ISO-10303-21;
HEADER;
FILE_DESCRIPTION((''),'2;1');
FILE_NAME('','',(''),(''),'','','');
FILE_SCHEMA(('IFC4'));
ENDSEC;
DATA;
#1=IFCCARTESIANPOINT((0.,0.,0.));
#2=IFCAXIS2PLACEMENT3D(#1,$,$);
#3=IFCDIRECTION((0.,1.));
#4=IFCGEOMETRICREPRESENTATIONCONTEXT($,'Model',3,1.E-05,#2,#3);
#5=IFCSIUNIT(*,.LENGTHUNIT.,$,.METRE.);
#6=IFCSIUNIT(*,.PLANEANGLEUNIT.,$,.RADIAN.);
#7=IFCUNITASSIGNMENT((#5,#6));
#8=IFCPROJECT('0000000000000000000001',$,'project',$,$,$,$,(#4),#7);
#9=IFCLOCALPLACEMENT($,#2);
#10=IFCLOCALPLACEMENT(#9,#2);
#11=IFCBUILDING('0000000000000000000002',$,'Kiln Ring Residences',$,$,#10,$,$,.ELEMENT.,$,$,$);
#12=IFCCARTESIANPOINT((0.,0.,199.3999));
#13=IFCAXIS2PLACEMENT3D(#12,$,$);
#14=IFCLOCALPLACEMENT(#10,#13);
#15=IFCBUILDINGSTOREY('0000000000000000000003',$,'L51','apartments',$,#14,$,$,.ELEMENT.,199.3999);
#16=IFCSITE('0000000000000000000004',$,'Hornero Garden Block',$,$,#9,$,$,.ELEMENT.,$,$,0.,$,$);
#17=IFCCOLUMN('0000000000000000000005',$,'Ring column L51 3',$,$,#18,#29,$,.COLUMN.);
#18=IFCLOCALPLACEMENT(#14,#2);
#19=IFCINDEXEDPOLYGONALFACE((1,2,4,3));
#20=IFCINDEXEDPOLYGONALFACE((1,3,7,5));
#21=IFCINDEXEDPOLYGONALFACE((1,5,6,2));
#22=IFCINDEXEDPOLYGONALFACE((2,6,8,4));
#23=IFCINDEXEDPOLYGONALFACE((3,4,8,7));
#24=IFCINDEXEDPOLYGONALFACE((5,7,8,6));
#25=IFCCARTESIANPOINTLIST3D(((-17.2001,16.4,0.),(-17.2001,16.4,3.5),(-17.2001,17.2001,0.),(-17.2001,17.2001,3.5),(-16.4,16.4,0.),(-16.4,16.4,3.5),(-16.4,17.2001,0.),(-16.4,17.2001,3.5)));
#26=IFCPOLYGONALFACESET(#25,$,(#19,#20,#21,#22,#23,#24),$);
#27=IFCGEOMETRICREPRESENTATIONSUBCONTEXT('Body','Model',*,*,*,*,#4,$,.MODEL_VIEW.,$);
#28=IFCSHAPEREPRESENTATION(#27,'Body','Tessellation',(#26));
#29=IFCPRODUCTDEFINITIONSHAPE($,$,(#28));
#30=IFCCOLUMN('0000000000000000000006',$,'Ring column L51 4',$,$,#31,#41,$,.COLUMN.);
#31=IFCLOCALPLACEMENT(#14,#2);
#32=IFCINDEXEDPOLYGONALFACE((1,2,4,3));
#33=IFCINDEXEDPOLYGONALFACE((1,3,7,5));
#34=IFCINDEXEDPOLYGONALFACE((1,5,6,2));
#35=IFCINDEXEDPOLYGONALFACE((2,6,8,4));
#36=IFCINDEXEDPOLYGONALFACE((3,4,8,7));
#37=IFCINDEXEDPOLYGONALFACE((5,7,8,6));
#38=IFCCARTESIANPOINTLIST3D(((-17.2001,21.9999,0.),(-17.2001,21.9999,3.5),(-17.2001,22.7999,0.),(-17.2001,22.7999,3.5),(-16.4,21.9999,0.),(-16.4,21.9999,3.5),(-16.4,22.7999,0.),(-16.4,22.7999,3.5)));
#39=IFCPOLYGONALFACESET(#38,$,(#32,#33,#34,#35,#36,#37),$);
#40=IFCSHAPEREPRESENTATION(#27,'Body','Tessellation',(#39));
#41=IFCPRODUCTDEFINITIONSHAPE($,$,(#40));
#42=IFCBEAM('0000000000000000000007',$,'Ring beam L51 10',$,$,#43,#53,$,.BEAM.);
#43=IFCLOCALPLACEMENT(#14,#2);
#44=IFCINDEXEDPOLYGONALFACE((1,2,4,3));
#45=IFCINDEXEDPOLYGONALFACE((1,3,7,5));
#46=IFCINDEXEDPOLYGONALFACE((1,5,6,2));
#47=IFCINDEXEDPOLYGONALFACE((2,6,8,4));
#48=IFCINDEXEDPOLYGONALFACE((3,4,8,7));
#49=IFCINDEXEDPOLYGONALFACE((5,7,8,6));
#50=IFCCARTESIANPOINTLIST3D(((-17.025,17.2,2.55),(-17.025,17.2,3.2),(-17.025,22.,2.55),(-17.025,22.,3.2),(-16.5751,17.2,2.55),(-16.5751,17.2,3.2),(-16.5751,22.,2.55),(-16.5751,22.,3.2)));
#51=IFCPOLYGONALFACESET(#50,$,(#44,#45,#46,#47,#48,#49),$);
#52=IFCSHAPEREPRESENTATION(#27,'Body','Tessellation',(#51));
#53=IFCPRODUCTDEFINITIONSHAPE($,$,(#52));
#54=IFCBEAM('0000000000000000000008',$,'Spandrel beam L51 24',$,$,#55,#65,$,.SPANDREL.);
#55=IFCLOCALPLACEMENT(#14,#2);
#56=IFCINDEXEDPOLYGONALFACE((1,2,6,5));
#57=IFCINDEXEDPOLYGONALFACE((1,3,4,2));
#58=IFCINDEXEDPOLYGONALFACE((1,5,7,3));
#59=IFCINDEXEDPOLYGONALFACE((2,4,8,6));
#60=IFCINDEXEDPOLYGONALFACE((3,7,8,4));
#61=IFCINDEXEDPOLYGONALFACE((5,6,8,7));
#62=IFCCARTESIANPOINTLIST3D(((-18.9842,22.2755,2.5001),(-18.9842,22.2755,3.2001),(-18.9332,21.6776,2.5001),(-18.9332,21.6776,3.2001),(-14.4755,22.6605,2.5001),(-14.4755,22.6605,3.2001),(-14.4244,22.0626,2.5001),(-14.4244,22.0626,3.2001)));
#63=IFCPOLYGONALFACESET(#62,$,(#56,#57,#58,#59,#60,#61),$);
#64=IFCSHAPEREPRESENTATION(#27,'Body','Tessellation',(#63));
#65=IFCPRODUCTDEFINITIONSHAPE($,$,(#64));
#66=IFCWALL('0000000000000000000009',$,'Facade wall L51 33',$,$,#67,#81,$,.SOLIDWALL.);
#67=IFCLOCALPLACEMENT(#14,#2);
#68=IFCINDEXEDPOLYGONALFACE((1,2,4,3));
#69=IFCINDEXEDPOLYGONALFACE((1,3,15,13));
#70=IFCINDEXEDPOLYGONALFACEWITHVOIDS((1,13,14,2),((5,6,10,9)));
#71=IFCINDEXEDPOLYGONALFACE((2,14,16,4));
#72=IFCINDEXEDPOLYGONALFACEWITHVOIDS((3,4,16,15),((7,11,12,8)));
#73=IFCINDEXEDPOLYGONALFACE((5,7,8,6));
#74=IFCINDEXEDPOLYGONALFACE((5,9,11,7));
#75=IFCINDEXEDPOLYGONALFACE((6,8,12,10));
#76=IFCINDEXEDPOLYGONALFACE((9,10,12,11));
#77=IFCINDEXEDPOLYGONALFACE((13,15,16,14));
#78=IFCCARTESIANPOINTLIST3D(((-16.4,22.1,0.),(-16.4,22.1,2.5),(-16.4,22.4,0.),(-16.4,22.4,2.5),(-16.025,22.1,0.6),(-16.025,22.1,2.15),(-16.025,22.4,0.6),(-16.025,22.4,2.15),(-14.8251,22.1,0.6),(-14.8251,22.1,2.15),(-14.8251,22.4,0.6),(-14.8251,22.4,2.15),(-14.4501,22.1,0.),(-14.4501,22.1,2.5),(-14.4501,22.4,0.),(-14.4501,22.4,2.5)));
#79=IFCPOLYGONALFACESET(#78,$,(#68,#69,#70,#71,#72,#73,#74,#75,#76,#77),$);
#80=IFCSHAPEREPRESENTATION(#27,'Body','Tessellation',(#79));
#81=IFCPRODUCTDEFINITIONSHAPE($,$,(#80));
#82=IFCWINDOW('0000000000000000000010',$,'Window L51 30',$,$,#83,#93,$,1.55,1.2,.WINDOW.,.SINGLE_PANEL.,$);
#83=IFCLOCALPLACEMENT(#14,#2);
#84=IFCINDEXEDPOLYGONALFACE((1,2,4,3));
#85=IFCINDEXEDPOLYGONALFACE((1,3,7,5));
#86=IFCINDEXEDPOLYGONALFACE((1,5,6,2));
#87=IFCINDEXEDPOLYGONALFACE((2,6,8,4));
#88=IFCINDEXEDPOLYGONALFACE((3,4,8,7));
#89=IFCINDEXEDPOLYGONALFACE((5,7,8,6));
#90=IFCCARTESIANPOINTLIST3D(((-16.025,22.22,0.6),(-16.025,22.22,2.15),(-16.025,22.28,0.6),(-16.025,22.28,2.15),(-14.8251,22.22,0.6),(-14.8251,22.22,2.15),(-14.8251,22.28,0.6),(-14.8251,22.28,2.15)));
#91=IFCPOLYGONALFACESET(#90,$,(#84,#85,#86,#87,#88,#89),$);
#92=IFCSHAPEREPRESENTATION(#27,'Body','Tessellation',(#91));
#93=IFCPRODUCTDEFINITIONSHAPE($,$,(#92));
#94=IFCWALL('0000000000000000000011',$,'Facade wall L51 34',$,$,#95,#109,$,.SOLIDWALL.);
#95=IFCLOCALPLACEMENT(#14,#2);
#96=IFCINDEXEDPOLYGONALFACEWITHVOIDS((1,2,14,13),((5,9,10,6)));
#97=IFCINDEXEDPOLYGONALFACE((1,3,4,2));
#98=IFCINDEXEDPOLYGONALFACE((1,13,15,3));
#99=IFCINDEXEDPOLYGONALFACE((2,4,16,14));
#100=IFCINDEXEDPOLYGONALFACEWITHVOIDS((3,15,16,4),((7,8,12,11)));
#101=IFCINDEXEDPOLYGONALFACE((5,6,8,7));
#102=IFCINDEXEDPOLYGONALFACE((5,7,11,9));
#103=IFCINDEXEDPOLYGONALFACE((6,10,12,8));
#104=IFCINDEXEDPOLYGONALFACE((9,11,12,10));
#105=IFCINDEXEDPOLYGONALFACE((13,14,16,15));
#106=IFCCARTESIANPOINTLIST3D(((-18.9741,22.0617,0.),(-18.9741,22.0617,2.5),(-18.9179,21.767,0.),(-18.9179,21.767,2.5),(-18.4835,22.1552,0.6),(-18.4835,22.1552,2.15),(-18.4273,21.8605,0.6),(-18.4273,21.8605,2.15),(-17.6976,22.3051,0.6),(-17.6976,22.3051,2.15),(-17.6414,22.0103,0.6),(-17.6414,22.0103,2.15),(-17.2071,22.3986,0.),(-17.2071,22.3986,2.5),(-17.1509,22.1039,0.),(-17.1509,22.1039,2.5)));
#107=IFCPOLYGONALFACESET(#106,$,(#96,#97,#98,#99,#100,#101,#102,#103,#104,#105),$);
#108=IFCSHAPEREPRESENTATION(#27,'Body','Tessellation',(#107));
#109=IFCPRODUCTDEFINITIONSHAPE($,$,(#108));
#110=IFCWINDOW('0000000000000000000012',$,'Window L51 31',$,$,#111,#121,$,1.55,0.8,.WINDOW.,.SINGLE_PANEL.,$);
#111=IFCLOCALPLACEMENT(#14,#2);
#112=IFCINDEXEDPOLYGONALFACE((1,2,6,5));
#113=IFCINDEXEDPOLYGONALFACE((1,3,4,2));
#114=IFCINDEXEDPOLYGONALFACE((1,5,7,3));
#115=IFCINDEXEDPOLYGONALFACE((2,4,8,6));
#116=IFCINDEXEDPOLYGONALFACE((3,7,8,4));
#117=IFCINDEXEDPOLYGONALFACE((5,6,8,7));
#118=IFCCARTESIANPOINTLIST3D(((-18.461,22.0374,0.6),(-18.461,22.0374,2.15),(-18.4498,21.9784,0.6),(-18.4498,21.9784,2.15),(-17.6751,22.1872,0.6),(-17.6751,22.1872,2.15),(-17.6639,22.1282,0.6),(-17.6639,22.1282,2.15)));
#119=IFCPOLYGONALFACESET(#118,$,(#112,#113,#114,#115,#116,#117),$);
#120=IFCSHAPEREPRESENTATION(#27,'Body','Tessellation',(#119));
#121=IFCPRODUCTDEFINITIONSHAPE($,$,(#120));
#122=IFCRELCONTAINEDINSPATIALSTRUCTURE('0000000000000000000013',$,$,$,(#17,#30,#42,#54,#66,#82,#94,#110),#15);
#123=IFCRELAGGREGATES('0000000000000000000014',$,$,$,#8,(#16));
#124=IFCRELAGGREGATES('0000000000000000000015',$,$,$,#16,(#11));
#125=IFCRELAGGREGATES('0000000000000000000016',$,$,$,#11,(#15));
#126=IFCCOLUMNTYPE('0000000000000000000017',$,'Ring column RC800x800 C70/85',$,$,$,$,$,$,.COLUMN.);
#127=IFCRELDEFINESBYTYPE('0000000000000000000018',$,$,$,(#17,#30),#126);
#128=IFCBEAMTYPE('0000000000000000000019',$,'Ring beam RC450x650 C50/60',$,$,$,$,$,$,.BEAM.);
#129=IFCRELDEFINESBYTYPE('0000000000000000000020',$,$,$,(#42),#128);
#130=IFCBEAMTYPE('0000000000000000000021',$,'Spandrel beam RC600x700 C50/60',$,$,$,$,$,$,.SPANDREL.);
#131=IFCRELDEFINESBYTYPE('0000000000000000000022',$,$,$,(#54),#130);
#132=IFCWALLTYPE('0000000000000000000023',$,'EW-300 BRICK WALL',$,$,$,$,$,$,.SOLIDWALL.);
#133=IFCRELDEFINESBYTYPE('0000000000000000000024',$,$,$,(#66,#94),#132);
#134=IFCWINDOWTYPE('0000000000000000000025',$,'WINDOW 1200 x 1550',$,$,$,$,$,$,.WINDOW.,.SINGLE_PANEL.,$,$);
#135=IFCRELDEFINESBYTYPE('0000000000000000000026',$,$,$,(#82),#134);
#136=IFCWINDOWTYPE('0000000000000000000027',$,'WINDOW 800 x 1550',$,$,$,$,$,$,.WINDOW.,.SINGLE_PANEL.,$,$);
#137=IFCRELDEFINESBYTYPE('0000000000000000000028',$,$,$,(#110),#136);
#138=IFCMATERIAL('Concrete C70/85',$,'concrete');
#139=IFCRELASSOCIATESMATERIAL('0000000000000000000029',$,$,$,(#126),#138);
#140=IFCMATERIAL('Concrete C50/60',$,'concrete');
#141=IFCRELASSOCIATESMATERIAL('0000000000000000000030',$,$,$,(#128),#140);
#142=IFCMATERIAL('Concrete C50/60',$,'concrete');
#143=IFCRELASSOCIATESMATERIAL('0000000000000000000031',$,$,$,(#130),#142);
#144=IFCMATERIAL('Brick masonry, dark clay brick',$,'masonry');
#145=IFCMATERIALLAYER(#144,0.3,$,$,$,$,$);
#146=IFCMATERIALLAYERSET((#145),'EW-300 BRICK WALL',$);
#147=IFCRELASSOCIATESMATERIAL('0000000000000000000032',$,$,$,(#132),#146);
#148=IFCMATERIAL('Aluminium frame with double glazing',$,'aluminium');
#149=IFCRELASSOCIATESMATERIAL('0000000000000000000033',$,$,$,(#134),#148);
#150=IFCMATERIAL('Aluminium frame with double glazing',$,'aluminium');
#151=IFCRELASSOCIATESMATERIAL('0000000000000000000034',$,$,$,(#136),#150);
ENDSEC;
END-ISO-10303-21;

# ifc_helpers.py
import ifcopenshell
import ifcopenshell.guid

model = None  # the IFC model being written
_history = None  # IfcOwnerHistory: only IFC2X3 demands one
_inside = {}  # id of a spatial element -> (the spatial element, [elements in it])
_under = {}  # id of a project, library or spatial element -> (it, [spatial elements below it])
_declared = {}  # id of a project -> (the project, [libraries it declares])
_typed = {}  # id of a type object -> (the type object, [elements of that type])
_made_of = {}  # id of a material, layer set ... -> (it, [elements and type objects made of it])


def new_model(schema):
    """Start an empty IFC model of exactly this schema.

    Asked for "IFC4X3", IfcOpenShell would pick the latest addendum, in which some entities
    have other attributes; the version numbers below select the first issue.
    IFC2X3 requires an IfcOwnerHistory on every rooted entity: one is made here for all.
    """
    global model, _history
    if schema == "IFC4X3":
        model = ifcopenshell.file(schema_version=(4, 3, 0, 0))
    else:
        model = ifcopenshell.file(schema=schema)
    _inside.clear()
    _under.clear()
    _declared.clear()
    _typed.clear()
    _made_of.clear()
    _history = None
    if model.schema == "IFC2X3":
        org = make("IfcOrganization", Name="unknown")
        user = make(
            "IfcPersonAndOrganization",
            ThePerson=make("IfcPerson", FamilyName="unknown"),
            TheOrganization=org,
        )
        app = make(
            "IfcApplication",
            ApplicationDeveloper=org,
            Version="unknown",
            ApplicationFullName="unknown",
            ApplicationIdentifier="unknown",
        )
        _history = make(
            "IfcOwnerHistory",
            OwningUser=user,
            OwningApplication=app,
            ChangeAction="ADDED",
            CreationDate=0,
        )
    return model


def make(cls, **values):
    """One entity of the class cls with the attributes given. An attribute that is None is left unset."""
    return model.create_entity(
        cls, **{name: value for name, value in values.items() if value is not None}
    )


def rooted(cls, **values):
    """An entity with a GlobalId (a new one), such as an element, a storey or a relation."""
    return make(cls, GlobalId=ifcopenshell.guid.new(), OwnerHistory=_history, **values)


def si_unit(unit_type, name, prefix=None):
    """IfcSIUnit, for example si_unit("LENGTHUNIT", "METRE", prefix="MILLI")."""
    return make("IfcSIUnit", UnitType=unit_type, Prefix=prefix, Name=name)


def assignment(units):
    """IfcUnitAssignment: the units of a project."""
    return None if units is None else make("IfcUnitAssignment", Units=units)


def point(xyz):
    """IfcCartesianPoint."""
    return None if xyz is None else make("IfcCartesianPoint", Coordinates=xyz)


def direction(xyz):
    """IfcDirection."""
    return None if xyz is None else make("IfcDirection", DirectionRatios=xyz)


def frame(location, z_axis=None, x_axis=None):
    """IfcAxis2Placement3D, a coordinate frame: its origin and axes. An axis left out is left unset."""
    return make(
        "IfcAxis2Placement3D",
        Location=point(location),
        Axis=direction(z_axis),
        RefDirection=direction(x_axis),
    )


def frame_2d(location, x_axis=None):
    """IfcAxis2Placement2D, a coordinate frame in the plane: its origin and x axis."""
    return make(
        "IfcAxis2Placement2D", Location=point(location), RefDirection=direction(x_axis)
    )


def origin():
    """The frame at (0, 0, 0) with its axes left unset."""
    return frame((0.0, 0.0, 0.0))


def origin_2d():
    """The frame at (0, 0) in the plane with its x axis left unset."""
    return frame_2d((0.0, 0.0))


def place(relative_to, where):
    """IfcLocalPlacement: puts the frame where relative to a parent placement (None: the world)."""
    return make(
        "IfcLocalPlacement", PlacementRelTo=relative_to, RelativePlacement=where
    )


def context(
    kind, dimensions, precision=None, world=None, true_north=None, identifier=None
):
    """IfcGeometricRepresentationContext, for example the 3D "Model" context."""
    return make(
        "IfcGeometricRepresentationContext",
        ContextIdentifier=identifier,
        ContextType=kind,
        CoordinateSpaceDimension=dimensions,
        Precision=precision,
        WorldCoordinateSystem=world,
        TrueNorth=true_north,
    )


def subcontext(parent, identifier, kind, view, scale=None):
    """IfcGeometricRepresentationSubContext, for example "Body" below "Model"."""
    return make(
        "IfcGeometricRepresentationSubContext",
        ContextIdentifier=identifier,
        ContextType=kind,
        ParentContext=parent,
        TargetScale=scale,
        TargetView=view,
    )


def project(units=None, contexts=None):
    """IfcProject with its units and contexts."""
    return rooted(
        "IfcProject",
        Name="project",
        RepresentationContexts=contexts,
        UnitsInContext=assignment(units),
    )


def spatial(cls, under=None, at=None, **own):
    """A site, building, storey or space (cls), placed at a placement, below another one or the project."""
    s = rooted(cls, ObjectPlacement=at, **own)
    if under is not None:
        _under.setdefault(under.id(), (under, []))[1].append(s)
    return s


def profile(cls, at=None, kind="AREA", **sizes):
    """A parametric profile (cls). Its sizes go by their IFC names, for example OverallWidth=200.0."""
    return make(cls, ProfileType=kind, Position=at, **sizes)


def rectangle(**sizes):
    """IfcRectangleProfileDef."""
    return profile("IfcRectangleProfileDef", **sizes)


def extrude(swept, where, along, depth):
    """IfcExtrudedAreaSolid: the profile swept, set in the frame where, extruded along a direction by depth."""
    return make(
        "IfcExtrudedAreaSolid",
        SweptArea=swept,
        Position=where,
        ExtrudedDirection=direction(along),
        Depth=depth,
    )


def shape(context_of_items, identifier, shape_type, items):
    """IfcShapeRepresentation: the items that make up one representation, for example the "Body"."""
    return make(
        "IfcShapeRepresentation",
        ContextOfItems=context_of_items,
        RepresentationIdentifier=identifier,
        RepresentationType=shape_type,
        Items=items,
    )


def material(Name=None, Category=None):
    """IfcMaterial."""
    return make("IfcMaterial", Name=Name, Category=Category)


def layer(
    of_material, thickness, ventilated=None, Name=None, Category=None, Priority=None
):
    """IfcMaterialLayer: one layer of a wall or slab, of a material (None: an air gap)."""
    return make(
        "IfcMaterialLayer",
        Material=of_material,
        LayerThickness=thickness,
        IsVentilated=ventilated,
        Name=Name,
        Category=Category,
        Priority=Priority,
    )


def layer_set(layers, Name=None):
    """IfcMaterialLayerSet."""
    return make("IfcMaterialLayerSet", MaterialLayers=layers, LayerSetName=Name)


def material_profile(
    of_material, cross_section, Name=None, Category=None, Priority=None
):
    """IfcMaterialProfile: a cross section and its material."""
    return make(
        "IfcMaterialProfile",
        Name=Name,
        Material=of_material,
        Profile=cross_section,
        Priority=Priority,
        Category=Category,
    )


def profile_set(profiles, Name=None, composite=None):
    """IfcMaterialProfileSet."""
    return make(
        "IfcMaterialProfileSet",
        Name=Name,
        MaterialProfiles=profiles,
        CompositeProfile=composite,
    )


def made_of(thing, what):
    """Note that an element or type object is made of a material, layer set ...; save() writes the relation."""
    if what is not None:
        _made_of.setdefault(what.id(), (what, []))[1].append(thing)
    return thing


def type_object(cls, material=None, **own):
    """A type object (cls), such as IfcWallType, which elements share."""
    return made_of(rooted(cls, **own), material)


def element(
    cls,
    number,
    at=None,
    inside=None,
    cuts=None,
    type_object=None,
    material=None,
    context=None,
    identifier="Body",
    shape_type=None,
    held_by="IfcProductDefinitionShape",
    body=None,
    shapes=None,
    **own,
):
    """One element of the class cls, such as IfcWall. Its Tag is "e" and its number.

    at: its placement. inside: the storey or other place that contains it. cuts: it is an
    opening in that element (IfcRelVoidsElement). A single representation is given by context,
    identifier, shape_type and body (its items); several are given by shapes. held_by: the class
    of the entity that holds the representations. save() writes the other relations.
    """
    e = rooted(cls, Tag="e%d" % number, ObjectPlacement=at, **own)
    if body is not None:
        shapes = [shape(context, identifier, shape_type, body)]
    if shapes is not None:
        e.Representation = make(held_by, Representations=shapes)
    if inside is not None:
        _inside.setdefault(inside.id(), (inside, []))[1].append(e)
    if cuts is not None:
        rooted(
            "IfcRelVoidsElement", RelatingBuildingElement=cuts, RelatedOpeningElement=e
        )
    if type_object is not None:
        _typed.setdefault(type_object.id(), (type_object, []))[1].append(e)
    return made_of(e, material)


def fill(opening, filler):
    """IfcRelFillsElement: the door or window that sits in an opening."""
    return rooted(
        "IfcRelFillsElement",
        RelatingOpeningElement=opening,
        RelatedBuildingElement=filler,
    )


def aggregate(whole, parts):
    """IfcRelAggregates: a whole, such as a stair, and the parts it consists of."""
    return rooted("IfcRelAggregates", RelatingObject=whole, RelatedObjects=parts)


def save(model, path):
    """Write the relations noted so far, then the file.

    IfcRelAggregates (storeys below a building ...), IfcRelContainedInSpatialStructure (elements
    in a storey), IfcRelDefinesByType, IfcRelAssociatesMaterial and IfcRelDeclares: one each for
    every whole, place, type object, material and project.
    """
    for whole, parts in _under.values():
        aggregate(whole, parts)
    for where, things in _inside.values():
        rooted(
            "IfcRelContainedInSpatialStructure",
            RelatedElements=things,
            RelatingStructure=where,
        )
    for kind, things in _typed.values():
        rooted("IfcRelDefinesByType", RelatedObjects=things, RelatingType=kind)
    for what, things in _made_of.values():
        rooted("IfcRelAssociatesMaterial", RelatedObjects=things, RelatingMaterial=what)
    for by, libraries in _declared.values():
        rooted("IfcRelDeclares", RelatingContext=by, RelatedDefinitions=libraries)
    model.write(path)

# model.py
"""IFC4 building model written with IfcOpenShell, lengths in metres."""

from ifc_helpers import new_model, si_unit, direction, frame, frame_2d, origin, origin_2d, place, context, subcontext, project, spatial, rectangle, extrude, material, layer, layer_set, material_profile, profile_set, type_object, element, fill, save


model = new_model("IFC4")

# Units and contexts
model_context = context("Model", 3, precision=1e-05, world=origin(), true_north=direction((0.0, 1.0)))
body_context = subcontext(model_context, "Body", "Model", "MODEL_VIEW")
ifc_project = project(units=[si_unit("LENGTHUNIT", "METRE"), si_unit("PLANEANGLEUNIT", "RADIAN")], contexts=[model_context])

# Site, building, storey
site_placement = place(None, origin())
site = spatial("IfcSite", under=ifc_project, at=site_placement, Name="Hornero Garden Block", CompositionType="ELEMENT", RefElevation=0.0)
building_placement = place(site_placement, origin())
building = spatial("IfcBuilding", under=site, at=building_placement, Name="Kiln Ring Residences", CompositionType="ELEMENT")
storey_placement = place(building_placement, frame((0.0, 0.0, 199.3999)))
storey = spatial("IfcBuildingStorey", under=building, at=storey_placement, Name="L51", Description="apartments", CompositionType="ELEMENT", Elevation=199.3999)

# Columns
ifc_material_1 = material(Name="Concrete C70/85", Category="concrete")
ifc_material_profile_1 = material_profile(ifc_material_1, rectangle(XDim=0.8, YDim=0.8, at=origin_2d()), Name="RC800x800")
ifc_profile_set_1 = profile_set([ifc_material_profile_1], Name="Concrete C70/85")
column_type = type_object("IfcColumnType", Name="Ring column RC800x800 C70/85", PredefinedType="COLUMN", material=ifc_profile_set_1)
for number, where, z_axis, x_axis, name in (
    (1, (-16.8, 16.8, 0.0), (0.0, 0.0, 1.0), (1.0, 0.0, 0.0), "Ring column L51 3"),
    (2, (-16.8, 22.3999, 0.0), (0.0, 0.0, 1.0), (1.0, 0.0, 0.0), "Ring column L51 4"),
):
    element("IfcColumn", number, at=place(storey_placement, frame(where, z_axis=z_axis, x_axis=x_axis)), inside=storey, type_object=column_type, Name=name, PredefinedType="COLUMN", context=body_context, shape_type="SweptSolid", body=[
        extrude(rectangle(XDim=0.8, YDim=0.8, at=origin_2d()), origin(), (0.0, 0.0, 1.0), 3.5),
    ])

# Beams
ifc_material_2 = material(Name="Concrete C50/60", Category="concrete")
ifc_material_profile_2 = material_profile(ifc_material_2, rectangle(XDim=0.45, YDim=0.6499, at=origin_2d()), Name="RC450x650")
ifc_profile_set_2 = profile_set([ifc_material_profile_2], Name="Concrete C50/60")
beam_type_1 = type_object("IfcBeamType", Name="Ring beam RC450x650 C50/60", PredefinedType="BEAM", material=ifc_profile_set_2)
beam_1_placement = place(storey_placement, frame((-16.8, 17.2, 2.875), z_axis=(0.0, 1.0, 0.0), x_axis=(-1.0, 0.0, 0.0)))
element("IfcBeam", 3, at=beam_1_placement, inside=storey, type_object=beam_type_1, Name="Ring beam L51 10", PredefinedType="BEAM", context=body_context, shape_type="SweptSolid", body=[
    extrude(rectangle(XDim=0.45, YDim=0.6499, at=origin_2d()), origin(), (0.0, 0.0, 1.0), 4.8),
])
ifc_material_3 = material(Name="Concrete C50/60", Category="concrete")
ifc_material_profile_3 = material_profile(ifc_material_3, rectangle(XDim=0.6001, YDim=0.7, at=origin_2d()), Name="RC600x700")
ifc_profile_set_3 = profile_set([ifc_material_profile_3], Name="Concrete C50/60")
beam_type_2 = type_object("IfcBeamType", Name="Spandrel beam RC600x700 C50/60", PredefinedType="SPANDREL", material=ifc_profile_set_3)
beam_2_placement = place(storey_placement, frame((-14.45, 22.3616, 2.8501), z_axis=(-0.996374, -0.085081, 0.0), x_axis=(0.085081, -0.996374, 0.0)))
element("IfcBeam", 4, at=beam_2_placement, inside=storey, type_object=beam_type_2, Name="Spandrel beam L51 24", PredefinedType="SPANDREL", context=body_context, shape_type="SweptSolid", body=[
    extrude(rectangle(XDim=0.6001, YDim=0.7, at=origin_2d()), origin(), (0.0, 0.0, 1.0), 4.5251),
])

# Walls, openings, windows
ifc_material_4 = material(Name="Brick masonry, dark clay brick", Category="masonry")
ifc_layer_1 = layer(ifc_material_4, 0.3)
ifc_layer_set_1 = layer_set([ifc_layer_1], Name="EW-300 BRICK WALL")
wall_type_1 = type_object("IfcWallType", Name="EW-300 BRICK WALL", PredefinedType="SOLIDWALL", material=ifc_layer_set_1)
wall_1_placement = place(storey_placement, frame((-14.45, 22.25, 0.0), z_axis=(0.0, 0.0, 1.0), x_axis=(-1.0, 0.0, 0.0)))
wall_1 = element("IfcWall", 5, at=wall_1_placement, inside=storey, type_object=wall_type_1, Name="Facade wall L51 33", PredefinedType="SOLIDWALL", context=body_context, shape_type="SweptSolid", body=[
    extrude(rectangle(XDim=1.95, YDim=0.3, at=frame_2d((0.9751, 0.0))), origin(), (0.0, 0.0, 1.0), 2.5),
])
opening_1_placement = place(wall_1_placement, frame((0.375, 0.0, 0.6001)))
opening_1 = element("IfcOpeningElement", 6, at=opening_1_placement, cuts=wall_1, PredefinedType="OPENING", context=body_context, shape_type="SweptSolid", body=[
    extrude(rectangle(XDim=1.2, YDim=1.55, at=frame_2d((0.6001, 0.7749))), frame((0.0, 0.1599, 0.0), z_axis=(0.0, -1.0, 0.0), x_axis=(1.0, 0.0, 0.0)), (0.0, 0.0, 1.0), 0.3201),
])
ifc_material_5 = material(Name="Aluminium frame with double glazing", Category="aluminium")
window_type_1 = type_object("IfcWindowType", Name="WINDOW 1200 x 1550", PartitioningType="SINGLE_PANEL", PredefinedType="WINDOW", material=ifc_material_5)
window_1_placement = place(opening_1_placement, origin())
window_1 = element("IfcWindow", 7, at=window_1_placement, inside=storey, type_object=window_type_1, Name="Window L51 30", OverallHeight=1.55, OverallWidth=1.2, PartitioningType="SINGLE_PANEL", PredefinedType="WINDOW", context=body_context, shape_type="SweptSolid", body=[
    extrude(rectangle(XDim=1.2, YDim=1.55, at=frame_2d((0.6001, 0.7749))), frame((0.0, 0.03, 0.0), z_axis=(0.0, -1.0, 0.0), x_axis=(1.0, 0.0, 0.0)), (0.0, 0.0, 1.0), 0.0601),
])
fill(opening_1, window_1)
wall_2_placement = place(storey_placement, frame((-17.179, 22.2512, 0.0), z_axis=(0.0, 0.0, 1.0), x_axis=(-0.982305, -0.187287, 0.0)))
wall_2 = element("IfcWall", 8, at=wall_2_placement, inside=storey, type_object=wall_type_1, Name="Facade wall L51 34", PredefinedType="SOLIDWALL", context=body_context, shape_type="SweptSolid", body=[
    extrude(rectangle(XDim=1.7988, YDim=0.3, at=frame_2d((0.8994, 0.0))), origin(), (0.0, 0.0, 1.0), 2.5),
])
opening_2_placement = place(wall_2_placement, frame((0.4995, 0.0, 0.6001)))
opening_2 = element("IfcOpeningElement", 9, at=opening_2_placement, cuts=wall_2, PredefinedType="OPENING", context=body_context, shape_type="SweptSolid", body=[
    extrude(rectangle(XDim=0.8, YDim=1.55, at=frame_2d((0.3999, 0.7749))), frame((0.0, 0.1599, 0.0), z_axis=(0.0, -1.0, 0.0), x_axis=(1.0, 0.0, 0.0)), (0.0, 0.0, 1.0), 0.3201),
])
ifc_material_6 = material(Name="Aluminium frame with double glazing", Category="aluminium")
window_type_2 = type_object("IfcWindowType", Name="WINDOW 800 x 1550", PartitioningType="SINGLE_PANEL", PredefinedType="WINDOW", material=ifc_material_6)
window_2_placement = place(opening_2_placement, origin())
window_2 = element("IfcWindow", 10, at=window_2_placement, inside=storey, type_object=window_type_2, Name="Window L51 31", OverallHeight=1.55, OverallWidth=0.8, PartitioningType="SINGLE_PANEL", PredefinedType="WINDOW", context=body_context, shape_type="SweptSolid", body=[
    extrude(rectangle(XDim=0.8, YDim=1.55, at=frame_2d((0.3999, 0.7749))), frame((0.0, 0.03, 0.0), z_axis=(0.0, -1.0, 0.0), x_axis=(1.0, 0.0, 0.0)), (0.0, 0.0, 1.0), 0.0601),
])
fill(opening_2, window_2)

save(model, "model.ifc")
